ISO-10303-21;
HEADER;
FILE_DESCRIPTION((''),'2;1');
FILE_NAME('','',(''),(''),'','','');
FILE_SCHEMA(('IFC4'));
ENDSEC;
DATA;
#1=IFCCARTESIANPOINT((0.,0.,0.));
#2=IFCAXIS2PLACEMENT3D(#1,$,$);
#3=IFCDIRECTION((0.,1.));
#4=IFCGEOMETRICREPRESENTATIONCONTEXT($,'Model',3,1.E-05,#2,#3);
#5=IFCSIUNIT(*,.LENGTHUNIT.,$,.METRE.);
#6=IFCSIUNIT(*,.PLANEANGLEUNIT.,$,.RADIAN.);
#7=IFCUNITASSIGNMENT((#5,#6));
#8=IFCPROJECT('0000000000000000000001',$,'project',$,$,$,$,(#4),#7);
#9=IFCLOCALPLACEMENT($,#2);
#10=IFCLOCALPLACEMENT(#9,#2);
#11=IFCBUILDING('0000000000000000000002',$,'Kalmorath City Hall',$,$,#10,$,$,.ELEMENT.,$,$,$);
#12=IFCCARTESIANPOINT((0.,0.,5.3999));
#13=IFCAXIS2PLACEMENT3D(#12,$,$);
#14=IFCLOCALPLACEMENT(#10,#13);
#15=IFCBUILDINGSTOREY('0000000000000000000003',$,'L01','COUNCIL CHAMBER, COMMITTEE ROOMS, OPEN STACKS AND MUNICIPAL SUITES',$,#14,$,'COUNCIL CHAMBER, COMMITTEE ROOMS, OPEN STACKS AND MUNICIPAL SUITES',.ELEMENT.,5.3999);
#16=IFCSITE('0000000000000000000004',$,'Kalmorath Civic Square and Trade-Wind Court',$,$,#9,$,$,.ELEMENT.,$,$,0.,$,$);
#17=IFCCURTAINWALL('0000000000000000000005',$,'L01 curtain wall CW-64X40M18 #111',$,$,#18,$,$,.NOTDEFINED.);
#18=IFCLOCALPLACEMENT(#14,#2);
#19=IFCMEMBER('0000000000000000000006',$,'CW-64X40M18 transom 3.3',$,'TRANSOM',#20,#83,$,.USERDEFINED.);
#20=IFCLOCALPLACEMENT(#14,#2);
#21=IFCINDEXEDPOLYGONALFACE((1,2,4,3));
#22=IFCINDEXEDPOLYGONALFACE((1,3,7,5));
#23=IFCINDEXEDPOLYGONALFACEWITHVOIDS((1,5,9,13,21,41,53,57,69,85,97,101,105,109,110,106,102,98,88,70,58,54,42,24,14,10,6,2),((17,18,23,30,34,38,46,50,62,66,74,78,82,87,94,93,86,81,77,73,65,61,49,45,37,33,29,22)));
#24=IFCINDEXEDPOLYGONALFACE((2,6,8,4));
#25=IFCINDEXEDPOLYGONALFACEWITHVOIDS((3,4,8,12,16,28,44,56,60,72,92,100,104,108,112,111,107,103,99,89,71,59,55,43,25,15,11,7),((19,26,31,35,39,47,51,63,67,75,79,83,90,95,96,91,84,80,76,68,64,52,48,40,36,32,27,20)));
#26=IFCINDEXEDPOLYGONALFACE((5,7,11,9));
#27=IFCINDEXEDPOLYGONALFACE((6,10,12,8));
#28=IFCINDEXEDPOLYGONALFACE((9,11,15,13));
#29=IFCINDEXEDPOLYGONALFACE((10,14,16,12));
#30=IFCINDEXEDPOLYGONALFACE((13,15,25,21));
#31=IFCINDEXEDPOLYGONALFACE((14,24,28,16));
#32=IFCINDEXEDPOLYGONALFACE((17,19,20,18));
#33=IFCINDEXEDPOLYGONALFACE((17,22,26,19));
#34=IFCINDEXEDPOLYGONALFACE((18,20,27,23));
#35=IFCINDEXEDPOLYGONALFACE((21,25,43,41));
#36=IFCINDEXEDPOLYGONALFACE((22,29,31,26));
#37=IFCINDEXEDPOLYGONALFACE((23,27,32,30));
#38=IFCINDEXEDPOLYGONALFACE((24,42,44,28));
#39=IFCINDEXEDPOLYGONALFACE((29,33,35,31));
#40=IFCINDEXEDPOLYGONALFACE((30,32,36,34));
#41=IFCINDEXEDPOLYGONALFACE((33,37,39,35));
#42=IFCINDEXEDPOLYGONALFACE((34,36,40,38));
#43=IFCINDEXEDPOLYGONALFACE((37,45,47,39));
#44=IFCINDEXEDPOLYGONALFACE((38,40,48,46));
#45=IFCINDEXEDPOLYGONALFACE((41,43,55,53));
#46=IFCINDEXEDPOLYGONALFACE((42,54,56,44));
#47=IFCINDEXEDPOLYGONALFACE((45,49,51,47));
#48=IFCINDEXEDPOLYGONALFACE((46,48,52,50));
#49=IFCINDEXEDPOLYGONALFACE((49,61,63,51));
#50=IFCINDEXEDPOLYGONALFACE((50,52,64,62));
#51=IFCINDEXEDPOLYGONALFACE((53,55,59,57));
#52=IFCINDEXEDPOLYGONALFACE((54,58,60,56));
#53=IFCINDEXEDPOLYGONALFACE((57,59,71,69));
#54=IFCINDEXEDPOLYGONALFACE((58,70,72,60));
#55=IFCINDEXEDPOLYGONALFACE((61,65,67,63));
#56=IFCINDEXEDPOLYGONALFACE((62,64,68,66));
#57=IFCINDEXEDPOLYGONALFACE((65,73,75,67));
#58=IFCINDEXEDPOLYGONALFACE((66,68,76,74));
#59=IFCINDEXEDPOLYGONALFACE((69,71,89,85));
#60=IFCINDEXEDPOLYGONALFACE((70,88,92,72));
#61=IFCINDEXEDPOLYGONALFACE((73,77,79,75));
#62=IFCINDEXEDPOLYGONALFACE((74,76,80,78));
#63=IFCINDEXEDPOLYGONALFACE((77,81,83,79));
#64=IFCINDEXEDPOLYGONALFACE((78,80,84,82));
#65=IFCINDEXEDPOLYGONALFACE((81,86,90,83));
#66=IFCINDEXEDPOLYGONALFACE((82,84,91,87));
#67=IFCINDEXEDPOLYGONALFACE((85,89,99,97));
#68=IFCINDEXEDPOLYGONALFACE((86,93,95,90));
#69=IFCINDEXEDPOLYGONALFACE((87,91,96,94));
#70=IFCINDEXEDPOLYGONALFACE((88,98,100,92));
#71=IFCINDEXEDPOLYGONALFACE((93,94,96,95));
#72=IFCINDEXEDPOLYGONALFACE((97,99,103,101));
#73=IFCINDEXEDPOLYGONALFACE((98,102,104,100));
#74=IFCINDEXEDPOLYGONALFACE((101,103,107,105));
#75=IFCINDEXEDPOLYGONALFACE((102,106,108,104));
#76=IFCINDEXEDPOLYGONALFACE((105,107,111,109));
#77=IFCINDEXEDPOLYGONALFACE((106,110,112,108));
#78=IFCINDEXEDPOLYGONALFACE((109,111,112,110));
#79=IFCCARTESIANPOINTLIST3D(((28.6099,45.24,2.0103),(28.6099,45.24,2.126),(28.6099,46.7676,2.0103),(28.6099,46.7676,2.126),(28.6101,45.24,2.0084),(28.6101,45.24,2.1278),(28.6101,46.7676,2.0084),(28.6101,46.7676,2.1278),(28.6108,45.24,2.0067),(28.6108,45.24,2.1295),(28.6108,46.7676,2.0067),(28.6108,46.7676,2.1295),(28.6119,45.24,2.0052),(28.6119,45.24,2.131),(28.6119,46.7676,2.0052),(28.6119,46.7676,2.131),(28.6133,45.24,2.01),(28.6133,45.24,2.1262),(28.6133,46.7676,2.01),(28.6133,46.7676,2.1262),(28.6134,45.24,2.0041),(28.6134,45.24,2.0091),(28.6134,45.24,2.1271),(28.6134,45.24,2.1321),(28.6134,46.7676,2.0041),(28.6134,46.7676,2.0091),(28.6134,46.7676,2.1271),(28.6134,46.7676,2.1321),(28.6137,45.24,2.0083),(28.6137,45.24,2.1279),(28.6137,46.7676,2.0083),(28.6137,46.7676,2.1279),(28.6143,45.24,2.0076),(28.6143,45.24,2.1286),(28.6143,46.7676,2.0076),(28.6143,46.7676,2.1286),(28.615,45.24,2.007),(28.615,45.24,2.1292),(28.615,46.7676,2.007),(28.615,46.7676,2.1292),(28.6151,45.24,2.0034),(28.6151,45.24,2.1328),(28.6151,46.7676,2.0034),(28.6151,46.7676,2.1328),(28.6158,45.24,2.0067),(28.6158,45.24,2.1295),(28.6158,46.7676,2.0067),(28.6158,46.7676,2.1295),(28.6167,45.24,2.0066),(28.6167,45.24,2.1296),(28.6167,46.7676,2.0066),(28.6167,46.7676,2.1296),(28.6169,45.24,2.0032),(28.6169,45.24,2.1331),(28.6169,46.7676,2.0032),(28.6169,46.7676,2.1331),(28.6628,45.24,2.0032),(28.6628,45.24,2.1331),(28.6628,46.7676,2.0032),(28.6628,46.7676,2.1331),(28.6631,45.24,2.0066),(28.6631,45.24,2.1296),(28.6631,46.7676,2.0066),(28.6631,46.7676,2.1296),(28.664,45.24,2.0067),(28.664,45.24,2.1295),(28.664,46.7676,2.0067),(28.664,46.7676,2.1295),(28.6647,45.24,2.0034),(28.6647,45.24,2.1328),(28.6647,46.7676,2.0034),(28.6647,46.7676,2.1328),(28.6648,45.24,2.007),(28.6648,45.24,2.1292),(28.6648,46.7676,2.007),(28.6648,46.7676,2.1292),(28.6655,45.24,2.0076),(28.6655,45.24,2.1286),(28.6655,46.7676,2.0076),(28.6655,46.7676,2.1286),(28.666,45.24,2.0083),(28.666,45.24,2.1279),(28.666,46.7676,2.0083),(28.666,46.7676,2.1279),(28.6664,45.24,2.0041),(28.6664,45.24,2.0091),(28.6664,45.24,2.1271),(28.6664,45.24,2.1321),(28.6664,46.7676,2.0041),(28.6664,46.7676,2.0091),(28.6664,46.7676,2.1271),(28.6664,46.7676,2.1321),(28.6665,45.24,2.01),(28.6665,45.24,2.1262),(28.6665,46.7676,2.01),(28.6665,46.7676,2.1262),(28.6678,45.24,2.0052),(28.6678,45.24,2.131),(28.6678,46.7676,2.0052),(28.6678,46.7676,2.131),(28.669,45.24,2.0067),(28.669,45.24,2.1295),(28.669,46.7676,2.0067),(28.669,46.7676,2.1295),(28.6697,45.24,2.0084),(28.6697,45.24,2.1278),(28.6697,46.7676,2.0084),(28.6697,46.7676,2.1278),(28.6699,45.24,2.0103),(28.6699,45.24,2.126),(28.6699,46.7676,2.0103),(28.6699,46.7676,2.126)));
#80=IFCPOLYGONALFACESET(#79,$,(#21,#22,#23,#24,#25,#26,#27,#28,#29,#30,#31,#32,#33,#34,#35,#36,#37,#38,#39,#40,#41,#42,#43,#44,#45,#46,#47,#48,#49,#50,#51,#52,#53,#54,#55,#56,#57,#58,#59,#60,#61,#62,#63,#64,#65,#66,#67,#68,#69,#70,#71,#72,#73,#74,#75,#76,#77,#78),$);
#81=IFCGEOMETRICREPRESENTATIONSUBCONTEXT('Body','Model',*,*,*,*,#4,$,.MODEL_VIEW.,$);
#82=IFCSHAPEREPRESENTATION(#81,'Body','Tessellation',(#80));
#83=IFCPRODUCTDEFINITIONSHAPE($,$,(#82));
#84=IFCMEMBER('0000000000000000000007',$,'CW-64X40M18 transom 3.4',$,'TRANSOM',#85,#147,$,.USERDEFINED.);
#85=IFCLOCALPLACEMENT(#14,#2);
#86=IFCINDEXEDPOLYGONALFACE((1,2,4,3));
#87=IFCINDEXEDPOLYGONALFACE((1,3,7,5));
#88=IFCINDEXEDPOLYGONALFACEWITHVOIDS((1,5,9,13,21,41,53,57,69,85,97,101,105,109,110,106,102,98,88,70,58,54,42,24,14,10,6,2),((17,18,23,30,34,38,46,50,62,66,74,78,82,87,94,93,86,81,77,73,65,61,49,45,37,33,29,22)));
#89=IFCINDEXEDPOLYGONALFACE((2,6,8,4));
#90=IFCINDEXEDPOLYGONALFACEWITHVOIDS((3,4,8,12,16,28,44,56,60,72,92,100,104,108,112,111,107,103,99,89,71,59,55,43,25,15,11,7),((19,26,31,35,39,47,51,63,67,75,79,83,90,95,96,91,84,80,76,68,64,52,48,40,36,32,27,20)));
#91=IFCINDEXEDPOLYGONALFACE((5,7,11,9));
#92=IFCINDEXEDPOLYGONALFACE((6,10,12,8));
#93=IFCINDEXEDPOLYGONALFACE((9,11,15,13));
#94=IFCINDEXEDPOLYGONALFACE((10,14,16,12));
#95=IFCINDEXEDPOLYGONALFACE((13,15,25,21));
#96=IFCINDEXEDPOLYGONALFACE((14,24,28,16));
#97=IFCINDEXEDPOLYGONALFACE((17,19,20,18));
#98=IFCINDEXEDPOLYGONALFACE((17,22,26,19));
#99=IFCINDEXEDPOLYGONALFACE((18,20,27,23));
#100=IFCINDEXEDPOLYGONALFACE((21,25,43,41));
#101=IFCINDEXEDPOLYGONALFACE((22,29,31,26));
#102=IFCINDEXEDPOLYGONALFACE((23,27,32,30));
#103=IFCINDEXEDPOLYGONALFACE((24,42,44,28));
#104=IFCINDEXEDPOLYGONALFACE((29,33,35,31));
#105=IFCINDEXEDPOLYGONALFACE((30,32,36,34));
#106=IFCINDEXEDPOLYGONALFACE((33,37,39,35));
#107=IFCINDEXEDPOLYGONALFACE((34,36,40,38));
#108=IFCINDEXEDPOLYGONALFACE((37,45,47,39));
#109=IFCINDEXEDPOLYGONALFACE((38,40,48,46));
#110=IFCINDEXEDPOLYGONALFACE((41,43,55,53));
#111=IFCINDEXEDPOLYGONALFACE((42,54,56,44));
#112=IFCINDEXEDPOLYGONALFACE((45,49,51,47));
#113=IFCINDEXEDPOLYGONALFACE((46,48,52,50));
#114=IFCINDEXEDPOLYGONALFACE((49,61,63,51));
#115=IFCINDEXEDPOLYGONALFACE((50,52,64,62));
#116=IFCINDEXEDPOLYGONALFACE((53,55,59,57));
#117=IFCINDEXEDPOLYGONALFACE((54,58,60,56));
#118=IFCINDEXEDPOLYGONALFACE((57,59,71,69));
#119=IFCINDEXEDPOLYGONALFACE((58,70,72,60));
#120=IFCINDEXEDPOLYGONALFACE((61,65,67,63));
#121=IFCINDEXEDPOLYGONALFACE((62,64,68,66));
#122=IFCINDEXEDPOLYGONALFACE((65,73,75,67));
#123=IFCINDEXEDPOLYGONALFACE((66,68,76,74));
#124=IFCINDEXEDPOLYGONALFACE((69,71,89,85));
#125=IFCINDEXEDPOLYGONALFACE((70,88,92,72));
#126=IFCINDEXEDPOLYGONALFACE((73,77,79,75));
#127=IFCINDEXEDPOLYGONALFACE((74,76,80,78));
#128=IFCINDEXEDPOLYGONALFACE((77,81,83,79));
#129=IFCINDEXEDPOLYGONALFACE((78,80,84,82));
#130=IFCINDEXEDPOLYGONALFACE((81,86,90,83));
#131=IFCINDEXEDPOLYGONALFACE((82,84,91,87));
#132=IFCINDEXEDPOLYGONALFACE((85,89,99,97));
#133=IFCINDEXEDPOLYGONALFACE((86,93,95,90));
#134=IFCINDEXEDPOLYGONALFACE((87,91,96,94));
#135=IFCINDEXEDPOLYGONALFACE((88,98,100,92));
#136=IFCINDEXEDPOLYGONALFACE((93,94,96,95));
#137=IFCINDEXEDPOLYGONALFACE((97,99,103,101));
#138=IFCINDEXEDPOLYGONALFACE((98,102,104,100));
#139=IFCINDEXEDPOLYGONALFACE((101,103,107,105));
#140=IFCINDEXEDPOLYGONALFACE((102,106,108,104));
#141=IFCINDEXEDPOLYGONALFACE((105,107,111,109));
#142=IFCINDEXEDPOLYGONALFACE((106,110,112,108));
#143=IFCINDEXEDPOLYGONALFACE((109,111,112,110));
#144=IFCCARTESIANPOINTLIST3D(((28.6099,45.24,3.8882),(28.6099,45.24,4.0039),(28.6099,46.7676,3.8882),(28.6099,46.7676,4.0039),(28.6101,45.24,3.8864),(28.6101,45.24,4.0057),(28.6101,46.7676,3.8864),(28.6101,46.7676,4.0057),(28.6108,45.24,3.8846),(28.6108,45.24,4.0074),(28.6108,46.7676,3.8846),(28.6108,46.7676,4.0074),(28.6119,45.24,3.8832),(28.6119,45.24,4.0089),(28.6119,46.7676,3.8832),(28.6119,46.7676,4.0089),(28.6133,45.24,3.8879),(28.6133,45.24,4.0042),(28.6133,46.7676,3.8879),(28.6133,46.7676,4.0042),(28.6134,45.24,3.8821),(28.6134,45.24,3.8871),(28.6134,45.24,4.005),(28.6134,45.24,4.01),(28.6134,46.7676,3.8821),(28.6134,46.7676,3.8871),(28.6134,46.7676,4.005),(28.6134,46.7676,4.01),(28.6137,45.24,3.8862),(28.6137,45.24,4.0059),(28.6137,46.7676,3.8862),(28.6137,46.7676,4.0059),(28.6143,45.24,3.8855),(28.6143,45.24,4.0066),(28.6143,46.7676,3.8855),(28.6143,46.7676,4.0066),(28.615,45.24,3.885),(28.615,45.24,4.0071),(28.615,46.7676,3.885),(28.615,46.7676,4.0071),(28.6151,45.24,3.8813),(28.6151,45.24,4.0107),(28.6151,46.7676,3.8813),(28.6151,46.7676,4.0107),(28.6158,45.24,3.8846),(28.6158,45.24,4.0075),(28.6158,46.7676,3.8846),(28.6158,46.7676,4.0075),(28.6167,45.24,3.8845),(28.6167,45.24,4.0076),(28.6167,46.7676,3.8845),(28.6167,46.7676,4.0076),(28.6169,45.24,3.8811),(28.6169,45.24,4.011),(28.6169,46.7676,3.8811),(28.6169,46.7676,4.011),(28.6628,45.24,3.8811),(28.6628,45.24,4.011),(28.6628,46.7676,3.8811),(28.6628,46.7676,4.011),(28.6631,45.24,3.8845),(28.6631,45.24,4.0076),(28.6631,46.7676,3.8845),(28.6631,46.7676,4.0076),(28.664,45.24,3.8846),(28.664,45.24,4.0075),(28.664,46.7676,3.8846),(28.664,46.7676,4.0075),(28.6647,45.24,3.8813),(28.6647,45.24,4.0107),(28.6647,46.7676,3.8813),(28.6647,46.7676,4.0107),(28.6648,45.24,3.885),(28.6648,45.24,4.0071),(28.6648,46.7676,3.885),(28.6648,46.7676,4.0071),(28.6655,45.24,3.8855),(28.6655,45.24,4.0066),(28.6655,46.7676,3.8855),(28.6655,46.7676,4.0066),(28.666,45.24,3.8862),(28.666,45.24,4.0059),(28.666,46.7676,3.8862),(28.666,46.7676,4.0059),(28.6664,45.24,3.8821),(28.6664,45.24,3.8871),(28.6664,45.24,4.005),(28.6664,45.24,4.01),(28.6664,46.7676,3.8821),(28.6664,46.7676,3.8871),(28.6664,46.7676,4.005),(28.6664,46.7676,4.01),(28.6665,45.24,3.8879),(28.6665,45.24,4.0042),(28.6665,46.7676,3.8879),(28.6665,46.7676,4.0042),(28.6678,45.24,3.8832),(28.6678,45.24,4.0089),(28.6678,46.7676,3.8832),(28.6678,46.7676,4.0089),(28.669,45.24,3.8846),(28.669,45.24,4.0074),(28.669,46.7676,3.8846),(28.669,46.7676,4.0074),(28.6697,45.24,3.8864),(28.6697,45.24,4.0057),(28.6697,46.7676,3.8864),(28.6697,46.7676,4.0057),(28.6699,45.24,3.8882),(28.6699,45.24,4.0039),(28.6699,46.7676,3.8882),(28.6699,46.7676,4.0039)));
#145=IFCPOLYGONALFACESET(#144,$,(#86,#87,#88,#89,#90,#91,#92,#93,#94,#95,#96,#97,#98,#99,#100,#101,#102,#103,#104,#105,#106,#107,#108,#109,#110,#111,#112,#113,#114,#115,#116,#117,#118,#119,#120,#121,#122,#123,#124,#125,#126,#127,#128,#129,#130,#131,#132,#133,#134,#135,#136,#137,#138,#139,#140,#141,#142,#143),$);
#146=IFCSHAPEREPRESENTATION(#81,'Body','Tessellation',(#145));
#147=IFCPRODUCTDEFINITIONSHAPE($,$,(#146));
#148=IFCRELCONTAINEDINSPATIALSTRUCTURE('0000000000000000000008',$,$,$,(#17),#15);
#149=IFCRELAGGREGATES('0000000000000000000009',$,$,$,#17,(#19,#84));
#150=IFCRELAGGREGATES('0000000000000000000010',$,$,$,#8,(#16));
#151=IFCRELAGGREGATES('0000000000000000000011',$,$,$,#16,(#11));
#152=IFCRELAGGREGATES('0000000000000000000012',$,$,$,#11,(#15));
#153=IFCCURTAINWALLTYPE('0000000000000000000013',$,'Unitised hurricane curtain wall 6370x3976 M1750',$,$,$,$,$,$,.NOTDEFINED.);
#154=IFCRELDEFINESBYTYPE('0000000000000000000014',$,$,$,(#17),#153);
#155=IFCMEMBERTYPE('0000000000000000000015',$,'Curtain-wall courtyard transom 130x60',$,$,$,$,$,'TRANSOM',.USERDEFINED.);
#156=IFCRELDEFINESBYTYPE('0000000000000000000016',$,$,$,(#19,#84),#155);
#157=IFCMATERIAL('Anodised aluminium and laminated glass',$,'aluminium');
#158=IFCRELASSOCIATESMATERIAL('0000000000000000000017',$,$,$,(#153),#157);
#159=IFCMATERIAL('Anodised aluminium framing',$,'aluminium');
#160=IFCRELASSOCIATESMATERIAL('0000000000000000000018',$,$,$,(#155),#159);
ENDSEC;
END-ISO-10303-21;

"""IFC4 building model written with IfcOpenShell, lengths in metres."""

from ifc_helpers import new_model, si_unit, direction, frame, origin, origin_2d, place, context, subcontext, project, spatial, hollow_rectangle, extrude, material, material_profile, profile_set, type_object, element, aggregate, save


model = new_model("IFC4")

# Units and contexts
model_context = context("Model", 3, precision=1e-05, world=origin(), true_north=direction((0.0, 1.0)))
body_context = subcontext(model_context, "Body", "Model", "MODEL_VIEW")
ifc_project = project(units=[si_unit("LENGTHUNIT", "METRE"), si_unit("PLANEANGLEUNIT", "RADIAN")], contexts=[model_context])

# Site, building, storey
site_placement = place(None, origin())
site = spatial("IfcSite", under=ifc_project, at=site_placement, Name="Kalmorath Civic Square and Trade-Wind Court", CompositionType="ELEMENT", RefElevation=0.0)
building_placement = place(site_placement, origin())
building = spatial("IfcBuilding", under=site, at=building_placement, Name="Kalmorath City Hall", CompositionType="ELEMENT")
storey_placement = place(building_placement, frame((0.0, 0.0, 5.3999)))
storey = spatial("IfcBuildingStorey", under=building, at=storey_placement, Name="L01", Description="COUNCIL CHAMBER, COMMITTEE ROOMS, OPEN STACKS AND MUNICIPAL SUITES", LongName="COUNCIL CHAMBER, COMMITTEE ROOMS, OPEN STACKS AND MUNICIPAL SUITES", CompositionType="ELEMENT", Elevation=5.3999)

# Curtain wall, members
ifc_material_1 = material(Name="Anodised aluminium and laminated glass", Category="aluminium")
curtain_wall_type = type_object("IfcCurtainWallType", Name="Unitised hurricane curtain wall 6370x3976 M1750", PredefinedType="NOTDEFINED", material=ifc_material_1)
curtain_wall_placement = place(storey_placement, origin())
curtain_wall = element("IfcCurtainWall", 1, at=curtain_wall_placement, inside=storey, type_object=curtain_wall_type, Name="L01 curtain wall CW-64X40M18 #111", PredefinedType="NOTDEFINED")
ifc_material_2 = material(Name="Anodised aluminium framing", Category="aluminium")
ifc_material_profile_1 = material_profile(ifc_material_2, hollow_rectangle(XDim=0.0601, YDim=0.1299, WallThickness=0.0034, InnerFilletRadius=0.0034, OuterFilletRadius=0.0071, at=origin_2d()), Name="ALU-TRN-130X60X3.5")
ifc_profile_set_1 = profile_set([ifc_material_profile_1], Name="Anodised aluminium framing")
member_type_1 = type_object("IfcMemberType", Name="Curtain-wall courtyard transom 130x60", ElementType="TRANSOM", PredefinedType="USERDEFINED", material=ifc_profile_set_1)
member_1_placement = place(storey_placement, frame((28.6399, 46.7676, 2.0681), z_axis=(0.0, -1.0, 0.0), x_axis=(1.0, 0.0, 0.0)))
member_1 = element("IfcMember", 2, at=member_1_placement, type_object=member_type_1, Name="CW-64X40M18 transom 3.3", ObjectType="TRANSOM", PredefinedType="USERDEFINED", context=body_context, shape_type="SweptSolid", body=[
    extrude(hollow_rectangle(XDim=0.0601, YDim=0.1299, WallThickness=0.0034, InnerFilletRadius=0.0034, OuterFilletRadius=0.0071, at=origin_2d()), origin(), (0.0, 0.0, 1.0), 1.5276),
])
member_2_placement = place(storey_placement, frame((28.6399, 46.7676, 3.946), z_axis=(0.0, -1.0, 0.0), x_axis=(1.0, 0.0, 0.0)))
member_2 = element("IfcMember", 3, at=member_2_placement, type_object=member_type_1, Name="CW-64X40M18 transom 3.4", ObjectType="TRANSOM", PredefinedType="USERDEFINED", context=body_context, shape_type="SweptSolid", body=[
    extrude(hollow_rectangle(XDim=0.0601, YDim=0.1299, WallThickness=0.0034, InnerFilletRadius=0.0034, OuterFilletRadius=0.0071, at=origin_2d()), origin(), (0.0, 0.0, 1.0), 1.5276),
])
aggregate(curtain_wall, [member_1, member_2])

save(model, "model.ifc")
